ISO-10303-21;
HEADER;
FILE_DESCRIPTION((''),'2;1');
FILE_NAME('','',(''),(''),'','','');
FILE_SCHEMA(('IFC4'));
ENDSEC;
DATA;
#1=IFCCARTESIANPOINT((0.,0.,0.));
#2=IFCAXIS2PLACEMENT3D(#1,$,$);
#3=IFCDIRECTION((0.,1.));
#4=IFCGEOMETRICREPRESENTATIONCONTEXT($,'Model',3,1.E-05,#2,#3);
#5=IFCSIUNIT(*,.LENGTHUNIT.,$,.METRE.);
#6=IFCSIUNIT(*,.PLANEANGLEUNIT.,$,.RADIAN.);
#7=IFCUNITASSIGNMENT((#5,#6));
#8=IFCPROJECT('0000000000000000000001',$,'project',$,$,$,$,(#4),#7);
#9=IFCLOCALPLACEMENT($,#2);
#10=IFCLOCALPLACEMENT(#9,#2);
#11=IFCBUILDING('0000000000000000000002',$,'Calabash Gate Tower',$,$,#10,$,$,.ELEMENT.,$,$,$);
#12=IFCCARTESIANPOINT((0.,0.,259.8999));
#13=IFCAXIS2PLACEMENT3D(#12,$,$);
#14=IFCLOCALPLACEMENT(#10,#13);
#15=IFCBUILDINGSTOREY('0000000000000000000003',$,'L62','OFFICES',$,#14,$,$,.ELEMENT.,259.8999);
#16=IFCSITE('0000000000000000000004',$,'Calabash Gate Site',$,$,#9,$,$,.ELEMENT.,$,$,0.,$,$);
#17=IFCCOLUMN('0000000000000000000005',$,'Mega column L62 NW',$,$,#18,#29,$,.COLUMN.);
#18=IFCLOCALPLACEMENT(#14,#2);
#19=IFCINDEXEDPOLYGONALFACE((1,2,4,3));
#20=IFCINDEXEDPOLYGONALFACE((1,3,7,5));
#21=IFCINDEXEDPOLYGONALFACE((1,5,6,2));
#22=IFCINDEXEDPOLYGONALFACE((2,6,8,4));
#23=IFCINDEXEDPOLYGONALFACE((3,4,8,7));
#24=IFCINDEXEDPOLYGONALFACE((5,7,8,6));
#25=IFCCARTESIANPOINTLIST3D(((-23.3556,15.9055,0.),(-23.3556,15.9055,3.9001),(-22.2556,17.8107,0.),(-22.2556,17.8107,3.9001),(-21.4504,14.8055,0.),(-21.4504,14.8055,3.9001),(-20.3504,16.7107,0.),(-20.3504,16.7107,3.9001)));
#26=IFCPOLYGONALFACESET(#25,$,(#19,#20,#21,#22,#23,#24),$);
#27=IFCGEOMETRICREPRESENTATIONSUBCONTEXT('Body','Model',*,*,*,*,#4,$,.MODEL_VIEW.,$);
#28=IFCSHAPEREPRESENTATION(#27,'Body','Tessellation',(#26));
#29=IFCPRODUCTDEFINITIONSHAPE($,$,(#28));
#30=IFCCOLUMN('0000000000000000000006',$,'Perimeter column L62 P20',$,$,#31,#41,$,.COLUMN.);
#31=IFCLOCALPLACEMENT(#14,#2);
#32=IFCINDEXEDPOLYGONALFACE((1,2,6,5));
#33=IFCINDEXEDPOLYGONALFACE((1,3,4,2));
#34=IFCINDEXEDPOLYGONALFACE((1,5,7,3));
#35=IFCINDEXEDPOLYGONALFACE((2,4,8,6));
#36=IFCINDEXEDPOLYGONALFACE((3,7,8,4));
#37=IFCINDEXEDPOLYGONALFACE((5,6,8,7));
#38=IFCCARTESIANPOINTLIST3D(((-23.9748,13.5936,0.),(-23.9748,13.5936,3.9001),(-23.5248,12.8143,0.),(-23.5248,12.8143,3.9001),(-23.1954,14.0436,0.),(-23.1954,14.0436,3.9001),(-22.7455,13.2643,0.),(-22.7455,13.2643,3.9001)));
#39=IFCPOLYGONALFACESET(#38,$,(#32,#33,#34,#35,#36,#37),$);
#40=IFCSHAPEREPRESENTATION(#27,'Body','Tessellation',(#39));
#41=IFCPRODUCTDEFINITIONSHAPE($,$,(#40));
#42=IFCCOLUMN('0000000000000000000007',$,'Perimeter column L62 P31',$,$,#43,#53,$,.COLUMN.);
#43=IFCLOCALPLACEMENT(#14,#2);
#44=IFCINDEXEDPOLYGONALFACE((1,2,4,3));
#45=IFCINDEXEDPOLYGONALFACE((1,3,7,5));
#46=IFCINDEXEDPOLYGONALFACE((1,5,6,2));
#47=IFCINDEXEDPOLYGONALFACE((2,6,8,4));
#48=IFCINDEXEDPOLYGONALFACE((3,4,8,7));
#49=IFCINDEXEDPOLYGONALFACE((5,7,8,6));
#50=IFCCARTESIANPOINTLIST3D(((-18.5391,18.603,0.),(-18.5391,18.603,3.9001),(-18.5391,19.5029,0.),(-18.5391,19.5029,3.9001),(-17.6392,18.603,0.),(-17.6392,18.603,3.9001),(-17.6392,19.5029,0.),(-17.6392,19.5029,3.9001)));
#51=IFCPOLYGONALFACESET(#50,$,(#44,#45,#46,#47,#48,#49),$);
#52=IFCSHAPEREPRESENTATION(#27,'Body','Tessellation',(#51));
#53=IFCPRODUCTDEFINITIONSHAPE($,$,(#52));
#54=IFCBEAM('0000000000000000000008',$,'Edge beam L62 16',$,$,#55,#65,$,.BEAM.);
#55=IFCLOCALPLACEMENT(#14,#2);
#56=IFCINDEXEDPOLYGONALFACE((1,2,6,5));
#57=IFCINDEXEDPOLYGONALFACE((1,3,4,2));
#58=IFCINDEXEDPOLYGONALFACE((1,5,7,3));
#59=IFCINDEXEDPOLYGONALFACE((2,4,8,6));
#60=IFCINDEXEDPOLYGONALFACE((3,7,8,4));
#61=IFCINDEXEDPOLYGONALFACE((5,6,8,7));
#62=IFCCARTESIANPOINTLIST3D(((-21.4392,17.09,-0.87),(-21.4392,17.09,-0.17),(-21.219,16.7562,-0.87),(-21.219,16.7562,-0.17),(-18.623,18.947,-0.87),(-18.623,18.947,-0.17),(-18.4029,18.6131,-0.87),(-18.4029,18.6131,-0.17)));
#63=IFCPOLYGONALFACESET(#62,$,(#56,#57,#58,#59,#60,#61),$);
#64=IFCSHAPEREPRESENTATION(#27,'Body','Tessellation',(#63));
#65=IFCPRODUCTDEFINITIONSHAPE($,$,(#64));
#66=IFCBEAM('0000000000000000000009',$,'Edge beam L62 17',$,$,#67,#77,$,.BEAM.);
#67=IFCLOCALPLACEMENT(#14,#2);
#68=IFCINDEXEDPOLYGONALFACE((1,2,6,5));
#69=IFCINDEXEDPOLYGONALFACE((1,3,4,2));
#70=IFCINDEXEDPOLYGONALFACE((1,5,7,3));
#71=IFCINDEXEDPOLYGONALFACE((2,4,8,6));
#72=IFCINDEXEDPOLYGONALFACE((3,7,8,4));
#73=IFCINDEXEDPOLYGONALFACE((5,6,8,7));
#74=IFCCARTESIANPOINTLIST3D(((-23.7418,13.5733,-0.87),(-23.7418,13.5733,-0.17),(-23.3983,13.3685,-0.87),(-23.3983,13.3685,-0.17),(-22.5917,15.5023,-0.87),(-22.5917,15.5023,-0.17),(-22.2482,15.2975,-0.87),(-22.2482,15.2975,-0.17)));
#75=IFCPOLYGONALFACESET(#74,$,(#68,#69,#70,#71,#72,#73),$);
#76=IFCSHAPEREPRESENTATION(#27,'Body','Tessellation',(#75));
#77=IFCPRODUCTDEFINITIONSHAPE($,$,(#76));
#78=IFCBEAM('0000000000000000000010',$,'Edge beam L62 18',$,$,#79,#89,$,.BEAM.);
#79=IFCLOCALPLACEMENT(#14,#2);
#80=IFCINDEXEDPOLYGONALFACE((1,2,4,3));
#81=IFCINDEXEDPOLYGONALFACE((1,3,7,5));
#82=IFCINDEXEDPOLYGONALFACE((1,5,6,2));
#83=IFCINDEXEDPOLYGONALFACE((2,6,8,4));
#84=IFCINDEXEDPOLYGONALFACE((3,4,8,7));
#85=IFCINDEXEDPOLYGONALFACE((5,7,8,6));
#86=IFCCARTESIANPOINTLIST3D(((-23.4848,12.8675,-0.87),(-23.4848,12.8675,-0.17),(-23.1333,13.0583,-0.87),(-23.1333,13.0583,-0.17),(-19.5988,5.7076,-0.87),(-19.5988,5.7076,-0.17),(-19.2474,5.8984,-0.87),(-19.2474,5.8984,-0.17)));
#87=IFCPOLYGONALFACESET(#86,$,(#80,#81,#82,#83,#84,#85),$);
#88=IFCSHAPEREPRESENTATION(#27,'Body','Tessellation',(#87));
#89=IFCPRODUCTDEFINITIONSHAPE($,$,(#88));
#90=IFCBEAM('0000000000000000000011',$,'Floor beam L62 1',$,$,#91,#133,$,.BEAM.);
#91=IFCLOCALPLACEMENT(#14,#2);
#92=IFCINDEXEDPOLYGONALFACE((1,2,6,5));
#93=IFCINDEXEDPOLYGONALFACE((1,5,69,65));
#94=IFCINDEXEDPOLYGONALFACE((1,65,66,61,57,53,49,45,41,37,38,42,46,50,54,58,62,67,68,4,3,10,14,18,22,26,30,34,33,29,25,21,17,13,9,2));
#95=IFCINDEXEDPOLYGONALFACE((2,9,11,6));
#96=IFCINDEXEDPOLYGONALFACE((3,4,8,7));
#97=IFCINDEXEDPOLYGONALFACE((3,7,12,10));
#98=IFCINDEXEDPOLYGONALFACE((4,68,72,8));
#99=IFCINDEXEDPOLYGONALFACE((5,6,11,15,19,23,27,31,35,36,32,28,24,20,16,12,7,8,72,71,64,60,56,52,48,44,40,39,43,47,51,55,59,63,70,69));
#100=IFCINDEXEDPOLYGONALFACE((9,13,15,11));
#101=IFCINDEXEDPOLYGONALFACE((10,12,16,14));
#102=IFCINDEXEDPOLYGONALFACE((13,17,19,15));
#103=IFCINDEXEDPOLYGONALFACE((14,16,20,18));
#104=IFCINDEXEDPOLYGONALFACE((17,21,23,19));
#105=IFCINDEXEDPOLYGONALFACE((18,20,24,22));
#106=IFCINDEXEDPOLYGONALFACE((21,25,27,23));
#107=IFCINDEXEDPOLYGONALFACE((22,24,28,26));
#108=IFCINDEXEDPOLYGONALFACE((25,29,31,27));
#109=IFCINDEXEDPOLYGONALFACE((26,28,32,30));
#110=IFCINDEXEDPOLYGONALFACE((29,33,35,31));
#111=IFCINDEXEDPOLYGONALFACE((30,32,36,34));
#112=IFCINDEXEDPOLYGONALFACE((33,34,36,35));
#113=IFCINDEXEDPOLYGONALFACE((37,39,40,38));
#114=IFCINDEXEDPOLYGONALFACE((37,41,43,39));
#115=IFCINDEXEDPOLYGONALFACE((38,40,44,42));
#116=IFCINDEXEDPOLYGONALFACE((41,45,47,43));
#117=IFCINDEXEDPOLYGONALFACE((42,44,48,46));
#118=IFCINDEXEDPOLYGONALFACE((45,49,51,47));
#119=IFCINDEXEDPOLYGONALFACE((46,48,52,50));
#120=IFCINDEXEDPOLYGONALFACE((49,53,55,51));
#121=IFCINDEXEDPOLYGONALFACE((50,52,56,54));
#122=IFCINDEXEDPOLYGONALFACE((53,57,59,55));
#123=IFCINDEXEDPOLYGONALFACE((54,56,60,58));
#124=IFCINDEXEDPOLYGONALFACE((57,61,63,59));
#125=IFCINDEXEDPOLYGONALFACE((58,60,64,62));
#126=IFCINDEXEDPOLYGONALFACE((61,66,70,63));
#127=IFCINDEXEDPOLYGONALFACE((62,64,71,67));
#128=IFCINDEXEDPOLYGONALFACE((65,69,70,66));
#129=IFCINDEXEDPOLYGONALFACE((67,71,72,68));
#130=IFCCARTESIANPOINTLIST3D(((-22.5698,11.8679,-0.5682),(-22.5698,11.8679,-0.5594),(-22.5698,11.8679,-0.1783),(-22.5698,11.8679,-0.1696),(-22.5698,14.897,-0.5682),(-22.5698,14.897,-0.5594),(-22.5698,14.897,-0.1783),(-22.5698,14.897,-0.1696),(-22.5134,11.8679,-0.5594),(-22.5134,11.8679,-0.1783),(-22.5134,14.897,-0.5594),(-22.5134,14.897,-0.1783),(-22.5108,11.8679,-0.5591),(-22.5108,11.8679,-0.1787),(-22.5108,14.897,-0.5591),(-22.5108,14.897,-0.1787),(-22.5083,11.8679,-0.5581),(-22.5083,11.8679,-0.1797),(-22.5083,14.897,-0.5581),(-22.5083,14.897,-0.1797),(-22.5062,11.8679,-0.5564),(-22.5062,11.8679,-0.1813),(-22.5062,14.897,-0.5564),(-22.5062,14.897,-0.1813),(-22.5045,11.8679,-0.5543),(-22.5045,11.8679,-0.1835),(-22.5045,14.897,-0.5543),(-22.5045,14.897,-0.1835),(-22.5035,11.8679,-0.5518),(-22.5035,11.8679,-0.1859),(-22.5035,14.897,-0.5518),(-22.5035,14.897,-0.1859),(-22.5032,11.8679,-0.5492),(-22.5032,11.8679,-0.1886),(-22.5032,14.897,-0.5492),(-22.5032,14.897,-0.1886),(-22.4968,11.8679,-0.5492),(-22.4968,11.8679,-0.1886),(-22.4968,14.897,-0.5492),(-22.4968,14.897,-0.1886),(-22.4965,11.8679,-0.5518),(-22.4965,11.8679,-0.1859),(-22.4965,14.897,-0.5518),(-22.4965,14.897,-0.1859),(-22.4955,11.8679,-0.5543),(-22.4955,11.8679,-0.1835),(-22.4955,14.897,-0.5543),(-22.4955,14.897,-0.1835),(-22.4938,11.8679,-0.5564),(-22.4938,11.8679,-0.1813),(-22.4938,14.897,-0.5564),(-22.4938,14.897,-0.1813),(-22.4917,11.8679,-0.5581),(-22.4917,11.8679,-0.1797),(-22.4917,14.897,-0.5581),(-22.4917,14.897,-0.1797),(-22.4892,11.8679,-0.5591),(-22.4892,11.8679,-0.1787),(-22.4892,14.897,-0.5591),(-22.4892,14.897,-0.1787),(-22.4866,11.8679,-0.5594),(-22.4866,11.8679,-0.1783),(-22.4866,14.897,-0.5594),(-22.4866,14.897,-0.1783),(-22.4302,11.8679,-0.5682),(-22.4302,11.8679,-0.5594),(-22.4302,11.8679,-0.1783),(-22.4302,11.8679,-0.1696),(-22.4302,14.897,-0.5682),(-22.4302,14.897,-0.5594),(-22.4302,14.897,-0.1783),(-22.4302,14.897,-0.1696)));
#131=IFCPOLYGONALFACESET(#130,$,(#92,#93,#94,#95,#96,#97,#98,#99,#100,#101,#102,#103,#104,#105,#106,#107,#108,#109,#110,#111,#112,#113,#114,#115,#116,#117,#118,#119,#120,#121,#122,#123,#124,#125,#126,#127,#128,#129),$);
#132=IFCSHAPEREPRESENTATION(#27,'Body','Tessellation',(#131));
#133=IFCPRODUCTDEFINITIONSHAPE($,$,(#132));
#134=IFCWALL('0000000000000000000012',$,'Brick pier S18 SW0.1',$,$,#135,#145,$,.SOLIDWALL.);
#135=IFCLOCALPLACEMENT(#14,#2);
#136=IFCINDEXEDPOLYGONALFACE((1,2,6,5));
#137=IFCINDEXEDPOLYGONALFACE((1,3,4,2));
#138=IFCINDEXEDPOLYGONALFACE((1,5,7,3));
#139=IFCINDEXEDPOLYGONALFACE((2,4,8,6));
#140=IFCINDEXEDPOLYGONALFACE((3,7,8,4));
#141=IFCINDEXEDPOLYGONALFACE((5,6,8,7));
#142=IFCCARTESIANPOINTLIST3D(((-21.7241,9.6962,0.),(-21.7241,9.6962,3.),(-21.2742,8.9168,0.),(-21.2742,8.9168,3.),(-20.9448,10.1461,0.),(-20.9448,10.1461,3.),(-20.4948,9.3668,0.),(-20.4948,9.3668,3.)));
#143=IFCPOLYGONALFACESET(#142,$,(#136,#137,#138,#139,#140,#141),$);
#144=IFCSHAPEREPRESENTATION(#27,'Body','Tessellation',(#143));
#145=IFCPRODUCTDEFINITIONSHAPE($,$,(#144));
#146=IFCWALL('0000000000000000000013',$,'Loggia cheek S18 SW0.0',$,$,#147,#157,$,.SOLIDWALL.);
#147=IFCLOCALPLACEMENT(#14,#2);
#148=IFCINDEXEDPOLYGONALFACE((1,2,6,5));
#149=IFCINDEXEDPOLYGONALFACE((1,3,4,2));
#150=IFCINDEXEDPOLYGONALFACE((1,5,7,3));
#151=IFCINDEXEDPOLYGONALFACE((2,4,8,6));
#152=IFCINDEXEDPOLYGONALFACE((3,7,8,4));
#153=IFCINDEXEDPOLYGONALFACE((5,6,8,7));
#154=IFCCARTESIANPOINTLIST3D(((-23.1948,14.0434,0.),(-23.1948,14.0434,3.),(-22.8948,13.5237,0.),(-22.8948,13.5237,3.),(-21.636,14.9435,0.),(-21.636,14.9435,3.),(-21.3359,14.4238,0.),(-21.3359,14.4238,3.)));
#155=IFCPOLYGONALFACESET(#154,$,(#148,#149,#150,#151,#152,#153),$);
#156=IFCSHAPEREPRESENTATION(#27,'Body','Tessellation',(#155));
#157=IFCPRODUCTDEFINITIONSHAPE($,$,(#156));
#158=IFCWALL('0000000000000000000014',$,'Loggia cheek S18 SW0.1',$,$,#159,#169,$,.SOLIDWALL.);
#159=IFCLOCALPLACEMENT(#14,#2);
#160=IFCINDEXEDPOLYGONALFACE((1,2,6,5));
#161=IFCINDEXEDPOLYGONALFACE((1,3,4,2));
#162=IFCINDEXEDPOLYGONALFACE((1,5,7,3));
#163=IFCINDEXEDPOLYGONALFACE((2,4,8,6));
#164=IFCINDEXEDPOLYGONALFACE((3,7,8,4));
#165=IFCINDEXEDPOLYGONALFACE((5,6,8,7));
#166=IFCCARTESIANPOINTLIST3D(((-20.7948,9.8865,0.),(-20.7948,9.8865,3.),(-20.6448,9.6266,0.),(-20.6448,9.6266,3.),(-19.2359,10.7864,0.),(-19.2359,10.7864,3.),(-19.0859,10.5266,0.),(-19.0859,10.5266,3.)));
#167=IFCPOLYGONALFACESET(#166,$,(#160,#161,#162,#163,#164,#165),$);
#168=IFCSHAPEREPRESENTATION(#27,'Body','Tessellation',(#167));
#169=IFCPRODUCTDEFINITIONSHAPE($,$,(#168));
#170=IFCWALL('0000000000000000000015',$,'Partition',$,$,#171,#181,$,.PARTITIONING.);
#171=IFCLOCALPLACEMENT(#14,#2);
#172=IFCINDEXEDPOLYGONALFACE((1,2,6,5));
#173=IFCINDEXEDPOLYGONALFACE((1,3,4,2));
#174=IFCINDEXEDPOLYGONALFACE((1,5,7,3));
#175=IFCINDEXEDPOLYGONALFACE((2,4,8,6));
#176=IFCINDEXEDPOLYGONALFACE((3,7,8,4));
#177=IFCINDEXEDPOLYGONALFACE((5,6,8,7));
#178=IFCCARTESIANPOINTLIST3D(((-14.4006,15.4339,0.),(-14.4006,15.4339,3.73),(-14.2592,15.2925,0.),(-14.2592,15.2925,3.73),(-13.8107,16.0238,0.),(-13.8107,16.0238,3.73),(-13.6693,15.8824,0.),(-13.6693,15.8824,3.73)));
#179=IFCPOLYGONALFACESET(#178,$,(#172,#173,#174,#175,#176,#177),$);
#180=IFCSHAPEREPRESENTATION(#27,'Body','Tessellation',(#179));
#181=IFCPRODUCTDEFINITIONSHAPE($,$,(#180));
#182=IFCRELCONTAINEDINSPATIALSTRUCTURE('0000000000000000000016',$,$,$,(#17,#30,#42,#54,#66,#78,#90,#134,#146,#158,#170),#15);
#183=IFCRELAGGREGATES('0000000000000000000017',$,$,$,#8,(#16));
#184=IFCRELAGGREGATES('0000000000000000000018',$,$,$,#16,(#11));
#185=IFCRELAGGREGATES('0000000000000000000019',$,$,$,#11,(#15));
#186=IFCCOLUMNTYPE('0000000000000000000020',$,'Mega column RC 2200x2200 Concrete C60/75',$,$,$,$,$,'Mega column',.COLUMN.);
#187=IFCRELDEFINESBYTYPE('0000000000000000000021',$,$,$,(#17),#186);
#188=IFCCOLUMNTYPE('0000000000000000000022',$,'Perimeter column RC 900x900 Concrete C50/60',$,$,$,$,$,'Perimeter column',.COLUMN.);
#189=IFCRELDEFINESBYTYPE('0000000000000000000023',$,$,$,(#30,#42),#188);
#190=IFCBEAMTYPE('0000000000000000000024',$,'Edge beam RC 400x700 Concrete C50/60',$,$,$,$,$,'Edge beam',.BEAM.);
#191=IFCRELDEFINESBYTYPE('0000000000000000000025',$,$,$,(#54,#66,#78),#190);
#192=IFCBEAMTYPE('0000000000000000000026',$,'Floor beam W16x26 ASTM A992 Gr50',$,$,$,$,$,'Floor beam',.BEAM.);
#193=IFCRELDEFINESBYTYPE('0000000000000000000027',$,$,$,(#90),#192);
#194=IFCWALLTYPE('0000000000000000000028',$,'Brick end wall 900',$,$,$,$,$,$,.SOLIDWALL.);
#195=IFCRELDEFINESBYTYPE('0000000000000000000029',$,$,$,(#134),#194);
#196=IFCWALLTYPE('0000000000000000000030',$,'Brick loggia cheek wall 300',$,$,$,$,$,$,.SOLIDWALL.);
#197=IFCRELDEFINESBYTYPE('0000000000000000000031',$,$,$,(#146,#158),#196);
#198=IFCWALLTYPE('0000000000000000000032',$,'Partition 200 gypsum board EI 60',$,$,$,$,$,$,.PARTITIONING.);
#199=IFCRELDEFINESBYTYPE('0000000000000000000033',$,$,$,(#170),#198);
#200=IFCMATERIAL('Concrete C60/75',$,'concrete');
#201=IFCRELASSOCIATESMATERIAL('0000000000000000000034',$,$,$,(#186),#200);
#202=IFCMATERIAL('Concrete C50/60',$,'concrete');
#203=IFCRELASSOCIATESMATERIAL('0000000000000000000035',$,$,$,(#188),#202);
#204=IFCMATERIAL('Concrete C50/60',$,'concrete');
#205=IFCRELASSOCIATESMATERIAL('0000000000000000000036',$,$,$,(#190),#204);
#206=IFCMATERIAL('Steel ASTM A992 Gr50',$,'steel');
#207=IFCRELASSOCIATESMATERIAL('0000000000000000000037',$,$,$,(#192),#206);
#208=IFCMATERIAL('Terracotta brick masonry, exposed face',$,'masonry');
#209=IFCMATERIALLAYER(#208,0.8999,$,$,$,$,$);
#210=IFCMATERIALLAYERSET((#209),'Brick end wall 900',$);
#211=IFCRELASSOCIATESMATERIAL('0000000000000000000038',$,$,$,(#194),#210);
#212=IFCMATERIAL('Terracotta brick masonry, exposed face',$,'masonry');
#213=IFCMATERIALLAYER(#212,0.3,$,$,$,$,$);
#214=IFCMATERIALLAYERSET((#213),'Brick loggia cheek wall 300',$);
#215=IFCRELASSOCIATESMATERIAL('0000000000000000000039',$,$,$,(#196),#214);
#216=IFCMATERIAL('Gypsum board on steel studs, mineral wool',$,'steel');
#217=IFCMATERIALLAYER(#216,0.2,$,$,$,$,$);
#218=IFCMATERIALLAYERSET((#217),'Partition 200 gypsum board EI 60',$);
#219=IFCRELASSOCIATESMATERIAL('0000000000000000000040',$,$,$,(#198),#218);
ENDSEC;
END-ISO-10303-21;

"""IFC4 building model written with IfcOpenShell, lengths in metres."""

from ifc_helpers import new_model, si_unit, direction, frame, frame_2d, origin, origin_2d, place, context, subcontext, project, spatial, rectangle, i_section, extrude, material, layer, layer_set, material_profile, profile_set, type_object, element, save


model = new_model("IFC4")

# Units and contexts
model_context = context("Model", 3, precision=1e-05, world=origin(), true_north=direction((0.0, 1.0)))
body_context = subcontext(model_context, "Body", "Model", "MODEL_VIEW")
ifc_project = project(units=[si_unit("LENGTHUNIT", "METRE"), si_unit("PLANEANGLEUNIT", "RADIAN")], contexts=[model_context])

# Site, building, storey
site_placement = place(None, origin())
site = spatial("IfcSite", under=ifc_project, at=site_placement, Name="Calabash Gate Site", CompositionType="ELEMENT", RefElevation=0.0)
building_placement = place(site_placement, origin())
building = spatial("IfcBuilding", under=site, at=building_placement, Name="Calabash Gate Tower", CompositionType="ELEMENT")
storey_placement = place(building_placement, frame((0.0, 0.0, 259.8999)))
storey = spatial("IfcBuildingStorey", under=building, at=storey_placement, Name="L62", Description="OFFICES", CompositionType="ELEMENT", Elevation=259.8999)

# Columns
ifc_material_1 = material(Name="Concrete C60/75", Category="concrete")
ifc_material_profile_1 = material_profile(ifc_material_1, rectangle(XDim=2.2, YDim=2.2, at=origin_2d()))
ifc_profile_set_1 = profile_set([ifc_material_profile_1], Name="Concrete C60/75")
column_type_1 = type_object("IfcColumnType", Name="Mega column RC 2200x2200 Concrete C60/75", ElementType="Mega column", PredefinedType="COLUMN", material=ifc_profile_set_1)
column_placement = place(storey_placement, frame((-21.853, 16.3081, 0.0), z_axis=(0.0, 0.0, 1.0), x_axis=(0.866025, -0.5, 0.0)))
element("IfcColumn", 1, at=column_placement, inside=storey, type_object=column_type_1, Name="Mega column L62 NW", PredefinedType="COLUMN", context=body_context, shape_type="SweptSolid", body=[
    extrude(rectangle(XDim=2.2, YDim=2.2, at=origin_2d()), origin(), (0.0, 0.0, 1.0), 3.9001),
])
ifc_material_2 = material(Name="Concrete C50/60", Category="concrete")
ifc_material_profile_2 = material_profile(ifc_material_2, rectangle(XDim=0.8999, YDim=0.8999, at=origin_2d()))
ifc_profile_set_2 = profile_set([ifc_material_profile_2], Name="Concrete C50/60")
column_type_2 = type_object("IfcColumnType", Name="Perimeter column RC 900x900 Concrete C50/60", ElementType="Perimeter column", PredefinedType="COLUMN", material=ifc_profile_set_2)
for number, where, z_axis, x_axis, name in (
    (2, (-23.3601, 13.429, 0.0), (0.0, 0.0, 1.0), (0.5, -0.866025, 0.0), "Perimeter column L62 P20"),
    (3, (-18.0891, 19.053, 0.0), (0.0, 0.0, 1.0), (-1.0, 0.0, 0.0), "Perimeter column L62 P31"),
):
    element("IfcColumn", number, at=place(storey_placement, frame(where, z_axis=z_axis, x_axis=x_axis)), inside=storey, type_object=column_type_2, Name=name, PredefinedType="COLUMN", context=body_context, shape_type="SweptSolid", body=[
        extrude(rectangle(XDim=0.8999, YDim=0.8999, at=origin_2d()), origin(), (0.0, 0.0, 1.0), 3.9001),
    ])

# Beams
ifc_material_3 = material(Name="Concrete C50/60", Category="concrete")
ifc_material_profile_3 = material_profile(ifc_material_3, rectangle(XDim=0.3999, YDim=0.7, at=origin_2d()))
ifc_profile_set_3 = profile_set([ifc_material_profile_3], Name="Concrete C50/60")
beam_type_1 = type_object("IfcBeamType", Name="Edge beam RC 400x700 Concrete C50/60", ElementType="Edge beam", PredefinedType="BEAM", material=ifc_profile_set_3)
beam_1_placement = place(storey_placement, frame((-18.5129, 18.78, -0.52), z_axis=(-0.834846, -0.550484, 0.0), x_axis=(0.550484, -0.834846, 0.0)))
element("IfcBeam", 4, at=beam_1_placement, inside=storey, type_object=beam_type_1, Name="Edge beam L62 16", PredefinedType="BEAM", context=body_context, shape_type="SweptSolid", body=[
    extrude(rectangle(XDim=0.3999, YDim=0.7, at=origin_2d()), origin(), (0.0, 0.0, 1.0), 3.3733),
])
beam_2_placement = place(storey_placement, frame((-22.4199, 15.3999, -0.52), z_axis=(-0.512128, -0.858909, 0.0), x_axis=(0.858909, -0.512128, 0.0)))
element("IfcBeam", 5, at=beam_2_placement, inside=storey, type_object=beam_type_1, Name="Edge beam L62 17", PredefinedType="BEAM", context=body_context, shape_type="SweptSolid", body=[
    extrude(rectangle(XDim=0.3999, YDim=0.7, at=origin_2d()), origin(), (0.0, 0.0, 1.0), 2.2458),
])
beam_3_placement = place(storey_placement, frame((-23.3091, 12.9629, -0.52), z_axis=(0.477014, -0.878896, 0.0), x_axis=(0.878896, 0.477014, 0.0)))
element("IfcBeam", 6, at=beam_3_placement, inside=storey, type_object=beam_type_1, Name="Edge beam L62 18", PredefinedType="BEAM", context=body_context, shape_type="SweptSolid", body=[
    extrude(rectangle(XDim=0.3999, YDim=0.7, at=origin_2d()), origin(), (0.0, 0.0, 1.0), 8.1465),
])
ifc_material_4 = material(Name="Steel ASTM A992 Gr50", Category="steel")
ifc_material_profile_4 = material_profile(ifc_material_4, i_section(OverallWidth=0.1396, OverallDepth=0.3987, WebThickness=0.0063, FlangeThickness=0.0088, FilletRadius=0.0103, at=origin_2d()))
ifc_profile_set_4 = profile_set([ifc_material_profile_4], Name="Steel ASTM A992 Gr50")
beam_type_2 = type_object("IfcBeamType", Name="Floor beam W16x26 ASTM A992 Gr50", ElementType="Floor beam", PredefinedType="BEAM", material=ifc_profile_set_4)
beam_4_placement = place(storey_placement, frame((-22.5, 11.8679, -0.3689), z_axis=(0.0, 1.0, 0.0), x_axis=(-1.0, 0.0, 0.0)))
element("IfcBeam", 7, at=beam_4_placement, inside=storey, type_object=beam_type_2, Name="Floor beam L62 1", PredefinedType="BEAM", context=body_context, shape_type="SweptSolid", body=[
    extrude(i_section(OverallWidth=0.1396, OverallDepth=0.3987, WebThickness=0.0063, FlangeThickness=0.0088, FilletRadius=0.0103, at=origin_2d()), origin(), (0.0, 0.0, 1.0), 3.0291),
])

# Walls
ifc_material_5 = material(Name="Terracotta brick masonry, exposed face", Category="masonry")
ifc_layer_1 = layer(ifc_material_5, 0.8999)
ifc_layer_set_1 = layer_set([ifc_layer_1], Name="Brick end wall 900")
wall_type_1 = type_object("IfcWallType", Name="Brick end wall 900", PredefinedType="SOLIDWALL", material=ifc_layer_set_1)
wall_1_placement = place(storey_placement, frame((-21.3345, 9.9211, 0.0), z_axis=(0.0, 0.0, 1.0), x_axis=(0.50002, -0.866014, 0.0)))
element("IfcWall", 8, at=wall_1_placement, inside=storey, type_object=wall_type_1, Name="Brick pier S18 SW0.1", PredefinedType="SOLIDWALL", context=body_context, shape_type="SweptSolid", body=[
    extrude(rectangle(XDim=0.8999, YDim=0.8999, at=frame_2d((0.45, 0.0))), origin(), (0.0, 0.0, 1.0), 3.0),
])
ifc_material_6 = material(Name="Terracotta brick masonry, exposed face", Category="masonry")
ifc_layer_2 = layer(ifc_material_6, 0.3)
ifc_layer_set_2 = layer_set([ifc_layer_2], Name="Brick loggia cheek wall 300")
wall_type_2 = type_object("IfcWallType", Name="Brick loggia cheek wall 300", PredefinedType="SOLIDWALL", material=ifc_layer_set_2)
wall_2_placement = place(storey_placement, frame((-21.4861, 14.6836, 0.0), z_axis=(0.0, 0.0, 1.0), x_axis=(-0.865989, -0.500063, 0.0)))
element("IfcWall", 9, at=wall_2_placement, inside=storey, type_object=wall_type_2, Name="Loggia cheek S18 SW0.0", PredefinedType="SOLIDWALL", context=body_context, shape_type="SweptSolid", body=[
    extrude(rectangle(XDim=1.8, YDim=0.6001, at=frame_2d((0.8999, 0.0))), origin(), (0.0, 0.0, 1.0), 3.0),
])
wall_3_placement = place(storey_placement, frame((-20.7197, 9.7566, 0.0), z_axis=(0.0, 0.0, 1.0), x_axis=(0.866048, 0.499961, 0.0)))
element("IfcWall", 10, at=wall_3_placement, inside=storey, type_object=wall_type_2, Name="Loggia cheek S18 SW0.1", PredefinedType="SOLIDWALL", context=body_context, shape_type="SweptSolid", body=[
    extrude(rectangle(XDim=1.8, YDim=0.3, at=frame_2d((0.8999, 0.0))), origin(), (0.0, 0.0, 1.0), 3.0),
])
ifc_material_7 = material(Name="Gypsum board on steel studs, mineral wool", Category="steel")
ifc_layer_3 = layer(ifc_material_7, 0.2)
ifc_layer_set_3 = layer_set([ifc_layer_3], Name="Partition 200 gypsum board EI 60")
wall_type_3 = type_object("IfcWallType", Name="Partition 200 gypsum board EI 60", PredefinedType="PARTITIONING", material=ifc_layer_set_3)
wall_4_placement = place(storey_placement, frame((-14.3298, 15.3633, 0.0), z_axis=(0.0, 0.0, 1.0), x_axis=(0.707107, 0.707107, 0.0)))
element("IfcWall", 11, at=wall_4_placement, inside=storey, type_object=wall_type_3, Name="Partition", PredefinedType="PARTITIONING", context=body_context, shape_type="SweptSolid", body=[
    extrude(rectangle(XDim=0.8342, YDim=0.2, at=frame_2d((0.417, 0.0))), origin(), (0.0, 0.0, 1.0), 3.73),
])

save(model, "model.ifc")
